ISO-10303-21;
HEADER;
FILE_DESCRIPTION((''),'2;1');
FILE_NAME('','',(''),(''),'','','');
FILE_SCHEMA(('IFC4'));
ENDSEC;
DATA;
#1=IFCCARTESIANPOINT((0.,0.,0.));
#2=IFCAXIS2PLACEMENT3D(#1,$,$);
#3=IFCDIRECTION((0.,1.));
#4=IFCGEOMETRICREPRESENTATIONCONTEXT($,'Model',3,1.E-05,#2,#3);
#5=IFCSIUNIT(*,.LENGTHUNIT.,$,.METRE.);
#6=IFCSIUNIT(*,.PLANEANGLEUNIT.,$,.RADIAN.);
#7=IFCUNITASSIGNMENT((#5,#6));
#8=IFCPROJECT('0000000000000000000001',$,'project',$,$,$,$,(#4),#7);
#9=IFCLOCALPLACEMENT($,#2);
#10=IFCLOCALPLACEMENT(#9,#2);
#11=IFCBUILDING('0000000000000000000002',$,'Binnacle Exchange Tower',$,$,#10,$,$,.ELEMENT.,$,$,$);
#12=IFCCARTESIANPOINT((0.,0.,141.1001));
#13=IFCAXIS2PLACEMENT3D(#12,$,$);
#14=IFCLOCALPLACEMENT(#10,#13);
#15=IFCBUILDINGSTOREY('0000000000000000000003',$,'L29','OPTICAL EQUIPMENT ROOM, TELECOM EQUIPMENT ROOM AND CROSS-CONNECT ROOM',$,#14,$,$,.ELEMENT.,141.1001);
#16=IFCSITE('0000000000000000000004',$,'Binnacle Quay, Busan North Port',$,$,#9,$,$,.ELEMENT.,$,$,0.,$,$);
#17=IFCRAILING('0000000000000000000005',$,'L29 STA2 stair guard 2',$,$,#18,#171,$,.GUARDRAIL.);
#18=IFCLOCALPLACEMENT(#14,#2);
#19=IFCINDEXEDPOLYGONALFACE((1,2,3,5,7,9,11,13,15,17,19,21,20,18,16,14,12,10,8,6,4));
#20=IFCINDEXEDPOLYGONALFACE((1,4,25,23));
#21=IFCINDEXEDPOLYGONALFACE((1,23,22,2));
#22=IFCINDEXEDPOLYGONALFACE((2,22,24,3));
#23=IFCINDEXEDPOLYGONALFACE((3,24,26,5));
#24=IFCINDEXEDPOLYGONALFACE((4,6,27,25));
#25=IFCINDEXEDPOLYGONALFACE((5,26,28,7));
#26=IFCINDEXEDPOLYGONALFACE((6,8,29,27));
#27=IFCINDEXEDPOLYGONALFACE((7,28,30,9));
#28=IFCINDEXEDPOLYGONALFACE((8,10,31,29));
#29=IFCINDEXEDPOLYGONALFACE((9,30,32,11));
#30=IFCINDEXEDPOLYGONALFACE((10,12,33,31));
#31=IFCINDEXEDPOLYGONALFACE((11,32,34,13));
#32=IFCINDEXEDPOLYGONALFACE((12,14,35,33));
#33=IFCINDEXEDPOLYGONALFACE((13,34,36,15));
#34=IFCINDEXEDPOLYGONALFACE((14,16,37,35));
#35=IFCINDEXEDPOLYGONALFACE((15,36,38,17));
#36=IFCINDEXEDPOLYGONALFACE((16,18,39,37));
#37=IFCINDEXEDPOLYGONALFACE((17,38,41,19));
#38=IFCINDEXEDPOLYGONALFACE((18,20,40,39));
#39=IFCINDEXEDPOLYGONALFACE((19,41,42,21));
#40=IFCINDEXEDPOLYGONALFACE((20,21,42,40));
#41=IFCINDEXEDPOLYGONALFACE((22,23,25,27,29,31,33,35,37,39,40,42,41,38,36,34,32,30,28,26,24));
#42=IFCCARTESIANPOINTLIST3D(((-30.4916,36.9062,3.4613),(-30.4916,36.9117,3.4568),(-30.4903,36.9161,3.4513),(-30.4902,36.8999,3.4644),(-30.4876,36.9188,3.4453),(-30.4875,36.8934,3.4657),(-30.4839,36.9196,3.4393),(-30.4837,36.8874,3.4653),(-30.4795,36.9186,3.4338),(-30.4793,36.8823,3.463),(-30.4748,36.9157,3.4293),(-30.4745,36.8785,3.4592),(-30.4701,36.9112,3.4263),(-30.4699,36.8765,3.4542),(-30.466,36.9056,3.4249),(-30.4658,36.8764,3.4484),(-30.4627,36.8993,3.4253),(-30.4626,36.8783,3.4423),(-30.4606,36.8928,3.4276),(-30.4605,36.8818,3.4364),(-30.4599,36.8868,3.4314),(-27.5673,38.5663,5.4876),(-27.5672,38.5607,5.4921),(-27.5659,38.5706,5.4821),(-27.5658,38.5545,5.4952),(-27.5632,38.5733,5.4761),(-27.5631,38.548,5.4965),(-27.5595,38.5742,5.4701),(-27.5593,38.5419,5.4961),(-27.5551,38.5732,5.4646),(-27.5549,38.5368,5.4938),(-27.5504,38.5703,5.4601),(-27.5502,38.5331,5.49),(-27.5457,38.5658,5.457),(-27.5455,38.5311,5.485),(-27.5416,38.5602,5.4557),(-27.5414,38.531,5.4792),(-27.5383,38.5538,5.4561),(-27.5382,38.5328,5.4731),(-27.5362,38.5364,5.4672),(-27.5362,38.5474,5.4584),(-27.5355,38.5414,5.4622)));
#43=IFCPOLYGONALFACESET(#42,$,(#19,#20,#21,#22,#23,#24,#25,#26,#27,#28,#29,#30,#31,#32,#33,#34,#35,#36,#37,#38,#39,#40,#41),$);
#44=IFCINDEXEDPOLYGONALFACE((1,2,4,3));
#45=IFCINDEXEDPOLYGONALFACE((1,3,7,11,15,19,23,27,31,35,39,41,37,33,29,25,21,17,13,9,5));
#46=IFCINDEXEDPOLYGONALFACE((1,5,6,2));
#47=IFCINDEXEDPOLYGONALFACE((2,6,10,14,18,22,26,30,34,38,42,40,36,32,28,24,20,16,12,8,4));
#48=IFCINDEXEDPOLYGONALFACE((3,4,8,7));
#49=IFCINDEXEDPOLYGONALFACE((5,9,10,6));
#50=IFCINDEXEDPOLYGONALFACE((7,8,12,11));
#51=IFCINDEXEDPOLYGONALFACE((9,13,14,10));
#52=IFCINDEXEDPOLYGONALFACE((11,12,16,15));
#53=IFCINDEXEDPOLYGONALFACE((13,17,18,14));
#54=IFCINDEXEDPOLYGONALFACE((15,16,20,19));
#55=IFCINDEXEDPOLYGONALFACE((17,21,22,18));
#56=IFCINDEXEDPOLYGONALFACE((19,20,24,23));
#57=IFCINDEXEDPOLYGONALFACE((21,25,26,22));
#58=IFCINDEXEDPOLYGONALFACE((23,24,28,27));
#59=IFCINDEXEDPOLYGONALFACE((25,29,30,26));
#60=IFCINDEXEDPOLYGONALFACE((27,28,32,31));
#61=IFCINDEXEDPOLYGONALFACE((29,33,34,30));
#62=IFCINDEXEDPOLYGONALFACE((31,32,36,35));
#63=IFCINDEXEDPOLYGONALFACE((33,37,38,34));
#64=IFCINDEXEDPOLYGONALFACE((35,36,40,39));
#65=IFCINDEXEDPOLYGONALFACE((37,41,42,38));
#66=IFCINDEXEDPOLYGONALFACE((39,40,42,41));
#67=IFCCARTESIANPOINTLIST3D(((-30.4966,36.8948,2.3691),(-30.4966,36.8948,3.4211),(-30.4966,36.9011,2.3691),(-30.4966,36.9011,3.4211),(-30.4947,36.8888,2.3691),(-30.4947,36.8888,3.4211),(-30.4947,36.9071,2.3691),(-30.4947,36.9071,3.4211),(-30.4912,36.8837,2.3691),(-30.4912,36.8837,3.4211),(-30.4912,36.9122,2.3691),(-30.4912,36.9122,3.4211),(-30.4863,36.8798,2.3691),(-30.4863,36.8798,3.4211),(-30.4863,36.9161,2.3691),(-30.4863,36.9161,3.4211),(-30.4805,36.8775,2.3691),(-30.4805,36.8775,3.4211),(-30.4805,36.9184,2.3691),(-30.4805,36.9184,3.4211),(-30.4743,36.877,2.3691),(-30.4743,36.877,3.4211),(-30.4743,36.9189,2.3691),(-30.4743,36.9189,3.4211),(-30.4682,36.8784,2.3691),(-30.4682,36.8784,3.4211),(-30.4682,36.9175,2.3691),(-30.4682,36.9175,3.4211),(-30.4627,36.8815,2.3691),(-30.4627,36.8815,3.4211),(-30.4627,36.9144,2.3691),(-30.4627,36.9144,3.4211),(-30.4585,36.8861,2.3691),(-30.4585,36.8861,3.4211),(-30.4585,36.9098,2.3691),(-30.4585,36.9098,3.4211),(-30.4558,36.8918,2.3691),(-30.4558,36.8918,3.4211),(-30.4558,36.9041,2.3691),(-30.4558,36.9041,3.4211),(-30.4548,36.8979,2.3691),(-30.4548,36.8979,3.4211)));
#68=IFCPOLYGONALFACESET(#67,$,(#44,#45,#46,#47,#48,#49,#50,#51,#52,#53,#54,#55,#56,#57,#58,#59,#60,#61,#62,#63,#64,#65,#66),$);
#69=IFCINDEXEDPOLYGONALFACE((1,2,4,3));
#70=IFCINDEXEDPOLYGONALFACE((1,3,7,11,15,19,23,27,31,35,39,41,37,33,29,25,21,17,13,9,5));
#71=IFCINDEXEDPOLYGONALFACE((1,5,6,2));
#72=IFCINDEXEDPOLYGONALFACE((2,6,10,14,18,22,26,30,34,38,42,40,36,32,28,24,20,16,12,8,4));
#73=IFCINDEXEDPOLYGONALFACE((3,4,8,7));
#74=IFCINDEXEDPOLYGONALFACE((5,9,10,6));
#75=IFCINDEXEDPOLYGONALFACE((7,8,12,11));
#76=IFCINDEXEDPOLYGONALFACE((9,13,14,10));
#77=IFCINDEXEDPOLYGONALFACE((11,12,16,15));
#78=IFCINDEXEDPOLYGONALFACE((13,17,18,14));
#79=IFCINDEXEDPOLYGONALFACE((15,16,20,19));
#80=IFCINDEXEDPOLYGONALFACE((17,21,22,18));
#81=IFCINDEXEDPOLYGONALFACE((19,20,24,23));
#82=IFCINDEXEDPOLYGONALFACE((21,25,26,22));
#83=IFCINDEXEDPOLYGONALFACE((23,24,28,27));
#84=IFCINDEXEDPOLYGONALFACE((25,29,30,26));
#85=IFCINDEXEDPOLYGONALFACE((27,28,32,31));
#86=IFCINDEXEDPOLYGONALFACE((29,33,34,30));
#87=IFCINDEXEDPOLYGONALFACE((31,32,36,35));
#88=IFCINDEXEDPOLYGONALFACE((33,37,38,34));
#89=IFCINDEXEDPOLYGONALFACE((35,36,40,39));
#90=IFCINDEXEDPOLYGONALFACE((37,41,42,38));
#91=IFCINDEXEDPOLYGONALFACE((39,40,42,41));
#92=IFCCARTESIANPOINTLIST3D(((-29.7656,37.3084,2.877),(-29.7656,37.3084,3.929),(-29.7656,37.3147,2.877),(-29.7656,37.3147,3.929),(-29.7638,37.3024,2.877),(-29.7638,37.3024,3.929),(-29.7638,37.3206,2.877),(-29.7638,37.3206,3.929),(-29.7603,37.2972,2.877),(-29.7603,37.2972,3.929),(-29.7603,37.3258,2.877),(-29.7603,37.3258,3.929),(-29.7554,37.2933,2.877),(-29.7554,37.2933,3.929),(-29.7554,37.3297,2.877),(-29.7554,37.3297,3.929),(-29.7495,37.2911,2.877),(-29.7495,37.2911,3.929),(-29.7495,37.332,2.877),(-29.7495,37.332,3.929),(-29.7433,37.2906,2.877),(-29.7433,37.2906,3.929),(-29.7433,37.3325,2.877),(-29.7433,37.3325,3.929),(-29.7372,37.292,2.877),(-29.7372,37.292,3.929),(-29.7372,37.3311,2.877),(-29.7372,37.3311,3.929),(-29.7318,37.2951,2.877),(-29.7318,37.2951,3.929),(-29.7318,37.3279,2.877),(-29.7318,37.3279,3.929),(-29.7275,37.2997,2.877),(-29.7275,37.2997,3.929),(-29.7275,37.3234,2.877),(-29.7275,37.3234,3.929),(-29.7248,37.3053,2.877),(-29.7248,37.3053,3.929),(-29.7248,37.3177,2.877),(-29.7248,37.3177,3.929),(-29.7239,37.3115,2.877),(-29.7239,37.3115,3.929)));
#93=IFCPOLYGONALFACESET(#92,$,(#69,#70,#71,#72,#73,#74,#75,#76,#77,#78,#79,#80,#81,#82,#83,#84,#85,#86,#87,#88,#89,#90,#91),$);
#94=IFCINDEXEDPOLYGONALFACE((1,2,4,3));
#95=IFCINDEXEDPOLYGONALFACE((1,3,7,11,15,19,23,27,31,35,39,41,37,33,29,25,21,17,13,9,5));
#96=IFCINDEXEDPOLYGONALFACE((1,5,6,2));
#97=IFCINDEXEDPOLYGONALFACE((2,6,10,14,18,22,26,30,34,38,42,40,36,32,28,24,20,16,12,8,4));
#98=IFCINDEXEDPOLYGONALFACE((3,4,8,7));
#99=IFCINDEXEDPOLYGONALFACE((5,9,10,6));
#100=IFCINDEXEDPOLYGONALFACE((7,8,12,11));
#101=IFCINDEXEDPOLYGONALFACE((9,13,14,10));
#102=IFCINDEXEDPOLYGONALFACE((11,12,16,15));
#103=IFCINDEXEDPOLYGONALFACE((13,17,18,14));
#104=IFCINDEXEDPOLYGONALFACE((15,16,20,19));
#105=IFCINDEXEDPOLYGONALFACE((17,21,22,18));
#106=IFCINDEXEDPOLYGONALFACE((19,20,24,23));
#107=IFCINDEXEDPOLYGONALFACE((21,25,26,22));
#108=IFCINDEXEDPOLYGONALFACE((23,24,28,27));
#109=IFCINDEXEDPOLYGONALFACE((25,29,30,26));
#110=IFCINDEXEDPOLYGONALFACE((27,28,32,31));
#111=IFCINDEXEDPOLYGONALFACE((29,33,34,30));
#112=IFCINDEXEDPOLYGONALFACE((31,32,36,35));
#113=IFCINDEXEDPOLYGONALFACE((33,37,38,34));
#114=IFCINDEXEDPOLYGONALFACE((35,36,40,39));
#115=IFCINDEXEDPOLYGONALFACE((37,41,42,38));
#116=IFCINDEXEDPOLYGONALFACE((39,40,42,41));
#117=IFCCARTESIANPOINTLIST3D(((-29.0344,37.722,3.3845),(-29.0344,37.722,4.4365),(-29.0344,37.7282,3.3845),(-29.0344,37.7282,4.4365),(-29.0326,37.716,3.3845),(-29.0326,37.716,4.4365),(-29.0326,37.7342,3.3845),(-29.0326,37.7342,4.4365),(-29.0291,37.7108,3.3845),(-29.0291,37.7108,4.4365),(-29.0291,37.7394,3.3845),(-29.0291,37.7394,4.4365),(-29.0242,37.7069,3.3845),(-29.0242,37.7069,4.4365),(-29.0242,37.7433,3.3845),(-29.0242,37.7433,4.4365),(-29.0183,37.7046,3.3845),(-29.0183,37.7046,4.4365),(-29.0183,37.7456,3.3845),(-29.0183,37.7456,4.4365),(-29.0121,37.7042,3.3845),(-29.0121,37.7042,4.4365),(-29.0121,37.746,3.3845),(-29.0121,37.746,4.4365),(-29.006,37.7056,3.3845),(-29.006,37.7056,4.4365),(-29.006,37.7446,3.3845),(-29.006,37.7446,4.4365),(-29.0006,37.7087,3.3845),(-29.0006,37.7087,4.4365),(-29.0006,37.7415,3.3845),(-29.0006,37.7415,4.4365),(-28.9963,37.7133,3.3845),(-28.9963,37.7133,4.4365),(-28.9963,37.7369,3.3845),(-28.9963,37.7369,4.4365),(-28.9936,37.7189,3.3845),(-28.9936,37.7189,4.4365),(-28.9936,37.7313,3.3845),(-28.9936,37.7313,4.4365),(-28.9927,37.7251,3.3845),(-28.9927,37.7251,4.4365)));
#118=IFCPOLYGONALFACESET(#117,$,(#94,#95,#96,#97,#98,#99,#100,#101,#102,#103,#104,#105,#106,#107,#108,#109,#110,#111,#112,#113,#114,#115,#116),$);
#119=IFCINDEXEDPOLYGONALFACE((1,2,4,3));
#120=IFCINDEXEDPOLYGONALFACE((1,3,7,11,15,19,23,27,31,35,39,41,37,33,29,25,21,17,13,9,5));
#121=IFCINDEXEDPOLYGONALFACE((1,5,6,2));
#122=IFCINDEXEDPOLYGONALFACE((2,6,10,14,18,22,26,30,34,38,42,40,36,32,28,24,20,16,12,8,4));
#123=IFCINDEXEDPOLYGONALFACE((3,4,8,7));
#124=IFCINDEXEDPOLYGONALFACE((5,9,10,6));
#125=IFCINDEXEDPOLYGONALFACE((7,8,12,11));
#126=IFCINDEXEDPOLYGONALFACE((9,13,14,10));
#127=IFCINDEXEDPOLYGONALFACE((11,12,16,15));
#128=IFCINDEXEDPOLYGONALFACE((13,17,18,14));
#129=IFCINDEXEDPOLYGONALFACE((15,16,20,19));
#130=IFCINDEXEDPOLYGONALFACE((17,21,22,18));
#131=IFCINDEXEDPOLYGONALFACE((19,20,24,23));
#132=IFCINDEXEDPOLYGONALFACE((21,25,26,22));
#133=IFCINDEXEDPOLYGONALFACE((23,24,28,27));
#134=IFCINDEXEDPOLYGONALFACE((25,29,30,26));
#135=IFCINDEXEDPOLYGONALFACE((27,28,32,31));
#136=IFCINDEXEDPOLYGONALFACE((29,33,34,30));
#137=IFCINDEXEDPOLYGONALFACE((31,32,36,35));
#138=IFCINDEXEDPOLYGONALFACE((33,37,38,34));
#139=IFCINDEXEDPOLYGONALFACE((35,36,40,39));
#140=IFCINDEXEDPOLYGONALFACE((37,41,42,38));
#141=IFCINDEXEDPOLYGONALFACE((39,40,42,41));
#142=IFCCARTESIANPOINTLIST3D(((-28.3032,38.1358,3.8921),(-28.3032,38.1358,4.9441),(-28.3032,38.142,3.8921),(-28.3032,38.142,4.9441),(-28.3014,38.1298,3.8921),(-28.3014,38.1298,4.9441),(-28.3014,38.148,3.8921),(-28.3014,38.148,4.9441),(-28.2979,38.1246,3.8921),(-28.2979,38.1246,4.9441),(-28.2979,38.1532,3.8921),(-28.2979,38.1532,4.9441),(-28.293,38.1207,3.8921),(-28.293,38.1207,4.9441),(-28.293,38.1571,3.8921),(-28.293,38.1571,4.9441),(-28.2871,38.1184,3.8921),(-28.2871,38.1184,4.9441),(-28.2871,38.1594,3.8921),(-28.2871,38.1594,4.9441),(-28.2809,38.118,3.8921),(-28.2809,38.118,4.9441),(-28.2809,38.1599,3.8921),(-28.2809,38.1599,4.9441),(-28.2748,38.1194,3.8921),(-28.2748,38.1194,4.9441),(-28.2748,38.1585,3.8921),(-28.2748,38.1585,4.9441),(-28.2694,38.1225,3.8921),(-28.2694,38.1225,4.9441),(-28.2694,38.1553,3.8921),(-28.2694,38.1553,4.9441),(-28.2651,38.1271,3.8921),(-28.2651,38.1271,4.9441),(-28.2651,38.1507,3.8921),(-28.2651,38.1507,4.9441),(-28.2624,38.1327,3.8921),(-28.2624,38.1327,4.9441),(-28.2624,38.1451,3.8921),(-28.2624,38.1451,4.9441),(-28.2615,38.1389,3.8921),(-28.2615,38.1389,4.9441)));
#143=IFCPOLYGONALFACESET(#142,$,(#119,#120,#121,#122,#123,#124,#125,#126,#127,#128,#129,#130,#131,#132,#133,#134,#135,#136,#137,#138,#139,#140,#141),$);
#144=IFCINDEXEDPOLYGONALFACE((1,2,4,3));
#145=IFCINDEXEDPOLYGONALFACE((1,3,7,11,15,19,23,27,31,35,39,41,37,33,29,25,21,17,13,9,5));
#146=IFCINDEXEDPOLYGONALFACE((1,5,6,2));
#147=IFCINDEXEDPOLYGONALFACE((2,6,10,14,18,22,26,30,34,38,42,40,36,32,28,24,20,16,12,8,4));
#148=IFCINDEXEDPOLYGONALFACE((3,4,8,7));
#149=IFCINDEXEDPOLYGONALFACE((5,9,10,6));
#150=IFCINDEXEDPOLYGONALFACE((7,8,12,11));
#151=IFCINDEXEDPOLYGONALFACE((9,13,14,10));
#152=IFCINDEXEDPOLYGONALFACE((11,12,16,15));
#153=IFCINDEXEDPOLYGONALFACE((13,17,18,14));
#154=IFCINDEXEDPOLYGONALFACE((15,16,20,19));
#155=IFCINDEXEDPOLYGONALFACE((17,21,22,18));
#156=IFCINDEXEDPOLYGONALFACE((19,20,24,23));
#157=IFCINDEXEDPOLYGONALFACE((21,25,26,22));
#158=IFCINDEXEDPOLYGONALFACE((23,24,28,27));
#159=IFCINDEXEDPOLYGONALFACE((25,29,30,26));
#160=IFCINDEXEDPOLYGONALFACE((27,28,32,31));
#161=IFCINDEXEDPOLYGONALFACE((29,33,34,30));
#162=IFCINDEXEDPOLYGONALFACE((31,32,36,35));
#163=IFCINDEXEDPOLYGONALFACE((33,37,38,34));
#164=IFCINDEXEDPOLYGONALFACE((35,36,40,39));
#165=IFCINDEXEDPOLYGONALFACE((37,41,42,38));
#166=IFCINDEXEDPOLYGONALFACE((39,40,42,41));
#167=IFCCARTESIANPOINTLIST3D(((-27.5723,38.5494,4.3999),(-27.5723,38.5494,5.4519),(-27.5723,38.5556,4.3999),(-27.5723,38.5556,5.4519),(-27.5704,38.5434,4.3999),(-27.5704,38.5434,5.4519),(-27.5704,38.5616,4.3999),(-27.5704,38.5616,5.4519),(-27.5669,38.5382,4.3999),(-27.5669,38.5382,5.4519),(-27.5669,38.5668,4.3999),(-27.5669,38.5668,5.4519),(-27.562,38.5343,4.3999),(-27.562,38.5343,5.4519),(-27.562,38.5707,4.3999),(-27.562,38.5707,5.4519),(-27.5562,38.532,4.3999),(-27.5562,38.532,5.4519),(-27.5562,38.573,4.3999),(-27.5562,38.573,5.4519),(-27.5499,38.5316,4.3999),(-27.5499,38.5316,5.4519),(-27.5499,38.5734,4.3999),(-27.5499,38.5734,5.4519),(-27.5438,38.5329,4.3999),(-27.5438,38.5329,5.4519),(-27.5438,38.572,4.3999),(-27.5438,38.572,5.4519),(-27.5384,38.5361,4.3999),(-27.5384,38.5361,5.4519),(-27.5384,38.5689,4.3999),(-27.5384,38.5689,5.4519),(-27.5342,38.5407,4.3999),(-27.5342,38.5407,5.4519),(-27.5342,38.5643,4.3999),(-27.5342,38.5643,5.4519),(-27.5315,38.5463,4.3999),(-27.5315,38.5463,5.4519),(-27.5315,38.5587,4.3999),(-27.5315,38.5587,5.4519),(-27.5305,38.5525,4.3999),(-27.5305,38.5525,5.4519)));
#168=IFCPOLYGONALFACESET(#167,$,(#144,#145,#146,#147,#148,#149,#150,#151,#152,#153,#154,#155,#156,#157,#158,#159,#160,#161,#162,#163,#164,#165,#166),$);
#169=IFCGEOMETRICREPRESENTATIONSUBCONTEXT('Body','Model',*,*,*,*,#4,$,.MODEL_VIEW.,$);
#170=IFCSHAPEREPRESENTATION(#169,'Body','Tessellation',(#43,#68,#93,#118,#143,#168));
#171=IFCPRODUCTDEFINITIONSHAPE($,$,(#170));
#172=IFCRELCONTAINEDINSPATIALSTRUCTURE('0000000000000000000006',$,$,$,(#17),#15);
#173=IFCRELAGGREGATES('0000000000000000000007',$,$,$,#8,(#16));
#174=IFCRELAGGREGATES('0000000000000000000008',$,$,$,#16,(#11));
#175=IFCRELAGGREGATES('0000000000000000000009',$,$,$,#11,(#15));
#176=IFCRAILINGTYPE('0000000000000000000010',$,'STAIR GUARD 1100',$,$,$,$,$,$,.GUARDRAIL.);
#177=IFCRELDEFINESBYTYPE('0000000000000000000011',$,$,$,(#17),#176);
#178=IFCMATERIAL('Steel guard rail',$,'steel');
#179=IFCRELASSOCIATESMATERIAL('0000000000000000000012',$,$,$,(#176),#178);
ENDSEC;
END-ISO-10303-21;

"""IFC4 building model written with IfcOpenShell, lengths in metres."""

from ifc_helpers import new_model, si_unit, direction, frame, origin, origin_2d, place, context, subcontext, project, spatial, circle, extrude, material, type_object, element, save


model = new_model("IFC4")

# Units and contexts
model_context = context("Model", 3, precision=1e-05, world=origin(), true_north=direction((0.0, 1.0)))
body_context = subcontext(model_context, "Body", "Model", "MODEL_VIEW")
ifc_project = project(units=[si_unit("LENGTHUNIT", "METRE"), si_unit("PLANEANGLEUNIT", "RADIAN")], contexts=[model_context])

# Site, building, storey
site_placement = place(None, origin())
site = spatial("IfcSite", under=ifc_project, at=site_placement, Name="Binnacle Quay, Busan North Port", CompositionType="ELEMENT", RefElevation=0.0)
building_placement = place(site_placement, origin())
building = spatial("IfcBuilding", under=site, at=building_placement, Name="Binnacle Exchange Tower", CompositionType="ELEMENT")
storey_placement = place(building_placement, frame((0.0, 0.0, 141.1001)))
storey = spatial("IfcBuildingStorey", under=building, at=storey_placement, Name="L29", Description="OPTICAL EQUIPMENT ROOM, TELECOM EQUIPMENT ROOM AND CROSS-CONNECT ROOM", CompositionType="ELEMENT", Elevation=141.1001)

# Railing
ifc_material_1 = material(Name="Steel guard rail", Category="steel")
railing_type_1 = type_object("IfcRailingType", Name="STAIR GUARD 1100", PredefinedType="GUARDRAIL", material=ifc_material_1)
railing_1_placement = place(storey_placement, frame((-30.4758, 36.8979, 2.3691)))
element("IfcRailing", 1, at=railing_1_placement, inside=storey, type_object=railing_type_1, Name="L29 STA2 stair guard 2", PredefinedType="GUARDRAIL", context=body_context, shape_type="SweptSolid", body=[
    extrude(circle(Radius=0.0239, at=origin_2d()), frame((0.0, 0.0, 1.0762), z_axis=(0.744867, 0.421437, 0.517266), x_axis=(-0.492433, 0.87035, 0.0)), (0.0, 0.0, 1.0), 3.926),
    extrude(circle(Radius=0.021, at=origin_2d()), origin(), (0.0, 0.0, 1.0), 1.052),
    extrude(circle(Radius=0.021, at=origin_2d()), frame((0.731, 0.4136, 0.5078)), (0.0, 0.0, 1.0), 1.052),
    extrude(circle(Radius=0.021, at=origin_2d()), frame((1.4622, 0.8271, 1.0154)), (0.0, 0.0, 1.0), 1.052),
    extrude(circle(Radius=0.021, at=origin_2d()), frame((2.1934, 1.241, 1.5229)), (0.0, 0.0, 1.0), 1.052),
    extrude(circle(Radius=0.021, at=origin_2d()), frame((2.9243, 1.6545, 2.0308)), (0.0, 0.0, 1.0), 1.052),
])

save(model, "model.ifc")
